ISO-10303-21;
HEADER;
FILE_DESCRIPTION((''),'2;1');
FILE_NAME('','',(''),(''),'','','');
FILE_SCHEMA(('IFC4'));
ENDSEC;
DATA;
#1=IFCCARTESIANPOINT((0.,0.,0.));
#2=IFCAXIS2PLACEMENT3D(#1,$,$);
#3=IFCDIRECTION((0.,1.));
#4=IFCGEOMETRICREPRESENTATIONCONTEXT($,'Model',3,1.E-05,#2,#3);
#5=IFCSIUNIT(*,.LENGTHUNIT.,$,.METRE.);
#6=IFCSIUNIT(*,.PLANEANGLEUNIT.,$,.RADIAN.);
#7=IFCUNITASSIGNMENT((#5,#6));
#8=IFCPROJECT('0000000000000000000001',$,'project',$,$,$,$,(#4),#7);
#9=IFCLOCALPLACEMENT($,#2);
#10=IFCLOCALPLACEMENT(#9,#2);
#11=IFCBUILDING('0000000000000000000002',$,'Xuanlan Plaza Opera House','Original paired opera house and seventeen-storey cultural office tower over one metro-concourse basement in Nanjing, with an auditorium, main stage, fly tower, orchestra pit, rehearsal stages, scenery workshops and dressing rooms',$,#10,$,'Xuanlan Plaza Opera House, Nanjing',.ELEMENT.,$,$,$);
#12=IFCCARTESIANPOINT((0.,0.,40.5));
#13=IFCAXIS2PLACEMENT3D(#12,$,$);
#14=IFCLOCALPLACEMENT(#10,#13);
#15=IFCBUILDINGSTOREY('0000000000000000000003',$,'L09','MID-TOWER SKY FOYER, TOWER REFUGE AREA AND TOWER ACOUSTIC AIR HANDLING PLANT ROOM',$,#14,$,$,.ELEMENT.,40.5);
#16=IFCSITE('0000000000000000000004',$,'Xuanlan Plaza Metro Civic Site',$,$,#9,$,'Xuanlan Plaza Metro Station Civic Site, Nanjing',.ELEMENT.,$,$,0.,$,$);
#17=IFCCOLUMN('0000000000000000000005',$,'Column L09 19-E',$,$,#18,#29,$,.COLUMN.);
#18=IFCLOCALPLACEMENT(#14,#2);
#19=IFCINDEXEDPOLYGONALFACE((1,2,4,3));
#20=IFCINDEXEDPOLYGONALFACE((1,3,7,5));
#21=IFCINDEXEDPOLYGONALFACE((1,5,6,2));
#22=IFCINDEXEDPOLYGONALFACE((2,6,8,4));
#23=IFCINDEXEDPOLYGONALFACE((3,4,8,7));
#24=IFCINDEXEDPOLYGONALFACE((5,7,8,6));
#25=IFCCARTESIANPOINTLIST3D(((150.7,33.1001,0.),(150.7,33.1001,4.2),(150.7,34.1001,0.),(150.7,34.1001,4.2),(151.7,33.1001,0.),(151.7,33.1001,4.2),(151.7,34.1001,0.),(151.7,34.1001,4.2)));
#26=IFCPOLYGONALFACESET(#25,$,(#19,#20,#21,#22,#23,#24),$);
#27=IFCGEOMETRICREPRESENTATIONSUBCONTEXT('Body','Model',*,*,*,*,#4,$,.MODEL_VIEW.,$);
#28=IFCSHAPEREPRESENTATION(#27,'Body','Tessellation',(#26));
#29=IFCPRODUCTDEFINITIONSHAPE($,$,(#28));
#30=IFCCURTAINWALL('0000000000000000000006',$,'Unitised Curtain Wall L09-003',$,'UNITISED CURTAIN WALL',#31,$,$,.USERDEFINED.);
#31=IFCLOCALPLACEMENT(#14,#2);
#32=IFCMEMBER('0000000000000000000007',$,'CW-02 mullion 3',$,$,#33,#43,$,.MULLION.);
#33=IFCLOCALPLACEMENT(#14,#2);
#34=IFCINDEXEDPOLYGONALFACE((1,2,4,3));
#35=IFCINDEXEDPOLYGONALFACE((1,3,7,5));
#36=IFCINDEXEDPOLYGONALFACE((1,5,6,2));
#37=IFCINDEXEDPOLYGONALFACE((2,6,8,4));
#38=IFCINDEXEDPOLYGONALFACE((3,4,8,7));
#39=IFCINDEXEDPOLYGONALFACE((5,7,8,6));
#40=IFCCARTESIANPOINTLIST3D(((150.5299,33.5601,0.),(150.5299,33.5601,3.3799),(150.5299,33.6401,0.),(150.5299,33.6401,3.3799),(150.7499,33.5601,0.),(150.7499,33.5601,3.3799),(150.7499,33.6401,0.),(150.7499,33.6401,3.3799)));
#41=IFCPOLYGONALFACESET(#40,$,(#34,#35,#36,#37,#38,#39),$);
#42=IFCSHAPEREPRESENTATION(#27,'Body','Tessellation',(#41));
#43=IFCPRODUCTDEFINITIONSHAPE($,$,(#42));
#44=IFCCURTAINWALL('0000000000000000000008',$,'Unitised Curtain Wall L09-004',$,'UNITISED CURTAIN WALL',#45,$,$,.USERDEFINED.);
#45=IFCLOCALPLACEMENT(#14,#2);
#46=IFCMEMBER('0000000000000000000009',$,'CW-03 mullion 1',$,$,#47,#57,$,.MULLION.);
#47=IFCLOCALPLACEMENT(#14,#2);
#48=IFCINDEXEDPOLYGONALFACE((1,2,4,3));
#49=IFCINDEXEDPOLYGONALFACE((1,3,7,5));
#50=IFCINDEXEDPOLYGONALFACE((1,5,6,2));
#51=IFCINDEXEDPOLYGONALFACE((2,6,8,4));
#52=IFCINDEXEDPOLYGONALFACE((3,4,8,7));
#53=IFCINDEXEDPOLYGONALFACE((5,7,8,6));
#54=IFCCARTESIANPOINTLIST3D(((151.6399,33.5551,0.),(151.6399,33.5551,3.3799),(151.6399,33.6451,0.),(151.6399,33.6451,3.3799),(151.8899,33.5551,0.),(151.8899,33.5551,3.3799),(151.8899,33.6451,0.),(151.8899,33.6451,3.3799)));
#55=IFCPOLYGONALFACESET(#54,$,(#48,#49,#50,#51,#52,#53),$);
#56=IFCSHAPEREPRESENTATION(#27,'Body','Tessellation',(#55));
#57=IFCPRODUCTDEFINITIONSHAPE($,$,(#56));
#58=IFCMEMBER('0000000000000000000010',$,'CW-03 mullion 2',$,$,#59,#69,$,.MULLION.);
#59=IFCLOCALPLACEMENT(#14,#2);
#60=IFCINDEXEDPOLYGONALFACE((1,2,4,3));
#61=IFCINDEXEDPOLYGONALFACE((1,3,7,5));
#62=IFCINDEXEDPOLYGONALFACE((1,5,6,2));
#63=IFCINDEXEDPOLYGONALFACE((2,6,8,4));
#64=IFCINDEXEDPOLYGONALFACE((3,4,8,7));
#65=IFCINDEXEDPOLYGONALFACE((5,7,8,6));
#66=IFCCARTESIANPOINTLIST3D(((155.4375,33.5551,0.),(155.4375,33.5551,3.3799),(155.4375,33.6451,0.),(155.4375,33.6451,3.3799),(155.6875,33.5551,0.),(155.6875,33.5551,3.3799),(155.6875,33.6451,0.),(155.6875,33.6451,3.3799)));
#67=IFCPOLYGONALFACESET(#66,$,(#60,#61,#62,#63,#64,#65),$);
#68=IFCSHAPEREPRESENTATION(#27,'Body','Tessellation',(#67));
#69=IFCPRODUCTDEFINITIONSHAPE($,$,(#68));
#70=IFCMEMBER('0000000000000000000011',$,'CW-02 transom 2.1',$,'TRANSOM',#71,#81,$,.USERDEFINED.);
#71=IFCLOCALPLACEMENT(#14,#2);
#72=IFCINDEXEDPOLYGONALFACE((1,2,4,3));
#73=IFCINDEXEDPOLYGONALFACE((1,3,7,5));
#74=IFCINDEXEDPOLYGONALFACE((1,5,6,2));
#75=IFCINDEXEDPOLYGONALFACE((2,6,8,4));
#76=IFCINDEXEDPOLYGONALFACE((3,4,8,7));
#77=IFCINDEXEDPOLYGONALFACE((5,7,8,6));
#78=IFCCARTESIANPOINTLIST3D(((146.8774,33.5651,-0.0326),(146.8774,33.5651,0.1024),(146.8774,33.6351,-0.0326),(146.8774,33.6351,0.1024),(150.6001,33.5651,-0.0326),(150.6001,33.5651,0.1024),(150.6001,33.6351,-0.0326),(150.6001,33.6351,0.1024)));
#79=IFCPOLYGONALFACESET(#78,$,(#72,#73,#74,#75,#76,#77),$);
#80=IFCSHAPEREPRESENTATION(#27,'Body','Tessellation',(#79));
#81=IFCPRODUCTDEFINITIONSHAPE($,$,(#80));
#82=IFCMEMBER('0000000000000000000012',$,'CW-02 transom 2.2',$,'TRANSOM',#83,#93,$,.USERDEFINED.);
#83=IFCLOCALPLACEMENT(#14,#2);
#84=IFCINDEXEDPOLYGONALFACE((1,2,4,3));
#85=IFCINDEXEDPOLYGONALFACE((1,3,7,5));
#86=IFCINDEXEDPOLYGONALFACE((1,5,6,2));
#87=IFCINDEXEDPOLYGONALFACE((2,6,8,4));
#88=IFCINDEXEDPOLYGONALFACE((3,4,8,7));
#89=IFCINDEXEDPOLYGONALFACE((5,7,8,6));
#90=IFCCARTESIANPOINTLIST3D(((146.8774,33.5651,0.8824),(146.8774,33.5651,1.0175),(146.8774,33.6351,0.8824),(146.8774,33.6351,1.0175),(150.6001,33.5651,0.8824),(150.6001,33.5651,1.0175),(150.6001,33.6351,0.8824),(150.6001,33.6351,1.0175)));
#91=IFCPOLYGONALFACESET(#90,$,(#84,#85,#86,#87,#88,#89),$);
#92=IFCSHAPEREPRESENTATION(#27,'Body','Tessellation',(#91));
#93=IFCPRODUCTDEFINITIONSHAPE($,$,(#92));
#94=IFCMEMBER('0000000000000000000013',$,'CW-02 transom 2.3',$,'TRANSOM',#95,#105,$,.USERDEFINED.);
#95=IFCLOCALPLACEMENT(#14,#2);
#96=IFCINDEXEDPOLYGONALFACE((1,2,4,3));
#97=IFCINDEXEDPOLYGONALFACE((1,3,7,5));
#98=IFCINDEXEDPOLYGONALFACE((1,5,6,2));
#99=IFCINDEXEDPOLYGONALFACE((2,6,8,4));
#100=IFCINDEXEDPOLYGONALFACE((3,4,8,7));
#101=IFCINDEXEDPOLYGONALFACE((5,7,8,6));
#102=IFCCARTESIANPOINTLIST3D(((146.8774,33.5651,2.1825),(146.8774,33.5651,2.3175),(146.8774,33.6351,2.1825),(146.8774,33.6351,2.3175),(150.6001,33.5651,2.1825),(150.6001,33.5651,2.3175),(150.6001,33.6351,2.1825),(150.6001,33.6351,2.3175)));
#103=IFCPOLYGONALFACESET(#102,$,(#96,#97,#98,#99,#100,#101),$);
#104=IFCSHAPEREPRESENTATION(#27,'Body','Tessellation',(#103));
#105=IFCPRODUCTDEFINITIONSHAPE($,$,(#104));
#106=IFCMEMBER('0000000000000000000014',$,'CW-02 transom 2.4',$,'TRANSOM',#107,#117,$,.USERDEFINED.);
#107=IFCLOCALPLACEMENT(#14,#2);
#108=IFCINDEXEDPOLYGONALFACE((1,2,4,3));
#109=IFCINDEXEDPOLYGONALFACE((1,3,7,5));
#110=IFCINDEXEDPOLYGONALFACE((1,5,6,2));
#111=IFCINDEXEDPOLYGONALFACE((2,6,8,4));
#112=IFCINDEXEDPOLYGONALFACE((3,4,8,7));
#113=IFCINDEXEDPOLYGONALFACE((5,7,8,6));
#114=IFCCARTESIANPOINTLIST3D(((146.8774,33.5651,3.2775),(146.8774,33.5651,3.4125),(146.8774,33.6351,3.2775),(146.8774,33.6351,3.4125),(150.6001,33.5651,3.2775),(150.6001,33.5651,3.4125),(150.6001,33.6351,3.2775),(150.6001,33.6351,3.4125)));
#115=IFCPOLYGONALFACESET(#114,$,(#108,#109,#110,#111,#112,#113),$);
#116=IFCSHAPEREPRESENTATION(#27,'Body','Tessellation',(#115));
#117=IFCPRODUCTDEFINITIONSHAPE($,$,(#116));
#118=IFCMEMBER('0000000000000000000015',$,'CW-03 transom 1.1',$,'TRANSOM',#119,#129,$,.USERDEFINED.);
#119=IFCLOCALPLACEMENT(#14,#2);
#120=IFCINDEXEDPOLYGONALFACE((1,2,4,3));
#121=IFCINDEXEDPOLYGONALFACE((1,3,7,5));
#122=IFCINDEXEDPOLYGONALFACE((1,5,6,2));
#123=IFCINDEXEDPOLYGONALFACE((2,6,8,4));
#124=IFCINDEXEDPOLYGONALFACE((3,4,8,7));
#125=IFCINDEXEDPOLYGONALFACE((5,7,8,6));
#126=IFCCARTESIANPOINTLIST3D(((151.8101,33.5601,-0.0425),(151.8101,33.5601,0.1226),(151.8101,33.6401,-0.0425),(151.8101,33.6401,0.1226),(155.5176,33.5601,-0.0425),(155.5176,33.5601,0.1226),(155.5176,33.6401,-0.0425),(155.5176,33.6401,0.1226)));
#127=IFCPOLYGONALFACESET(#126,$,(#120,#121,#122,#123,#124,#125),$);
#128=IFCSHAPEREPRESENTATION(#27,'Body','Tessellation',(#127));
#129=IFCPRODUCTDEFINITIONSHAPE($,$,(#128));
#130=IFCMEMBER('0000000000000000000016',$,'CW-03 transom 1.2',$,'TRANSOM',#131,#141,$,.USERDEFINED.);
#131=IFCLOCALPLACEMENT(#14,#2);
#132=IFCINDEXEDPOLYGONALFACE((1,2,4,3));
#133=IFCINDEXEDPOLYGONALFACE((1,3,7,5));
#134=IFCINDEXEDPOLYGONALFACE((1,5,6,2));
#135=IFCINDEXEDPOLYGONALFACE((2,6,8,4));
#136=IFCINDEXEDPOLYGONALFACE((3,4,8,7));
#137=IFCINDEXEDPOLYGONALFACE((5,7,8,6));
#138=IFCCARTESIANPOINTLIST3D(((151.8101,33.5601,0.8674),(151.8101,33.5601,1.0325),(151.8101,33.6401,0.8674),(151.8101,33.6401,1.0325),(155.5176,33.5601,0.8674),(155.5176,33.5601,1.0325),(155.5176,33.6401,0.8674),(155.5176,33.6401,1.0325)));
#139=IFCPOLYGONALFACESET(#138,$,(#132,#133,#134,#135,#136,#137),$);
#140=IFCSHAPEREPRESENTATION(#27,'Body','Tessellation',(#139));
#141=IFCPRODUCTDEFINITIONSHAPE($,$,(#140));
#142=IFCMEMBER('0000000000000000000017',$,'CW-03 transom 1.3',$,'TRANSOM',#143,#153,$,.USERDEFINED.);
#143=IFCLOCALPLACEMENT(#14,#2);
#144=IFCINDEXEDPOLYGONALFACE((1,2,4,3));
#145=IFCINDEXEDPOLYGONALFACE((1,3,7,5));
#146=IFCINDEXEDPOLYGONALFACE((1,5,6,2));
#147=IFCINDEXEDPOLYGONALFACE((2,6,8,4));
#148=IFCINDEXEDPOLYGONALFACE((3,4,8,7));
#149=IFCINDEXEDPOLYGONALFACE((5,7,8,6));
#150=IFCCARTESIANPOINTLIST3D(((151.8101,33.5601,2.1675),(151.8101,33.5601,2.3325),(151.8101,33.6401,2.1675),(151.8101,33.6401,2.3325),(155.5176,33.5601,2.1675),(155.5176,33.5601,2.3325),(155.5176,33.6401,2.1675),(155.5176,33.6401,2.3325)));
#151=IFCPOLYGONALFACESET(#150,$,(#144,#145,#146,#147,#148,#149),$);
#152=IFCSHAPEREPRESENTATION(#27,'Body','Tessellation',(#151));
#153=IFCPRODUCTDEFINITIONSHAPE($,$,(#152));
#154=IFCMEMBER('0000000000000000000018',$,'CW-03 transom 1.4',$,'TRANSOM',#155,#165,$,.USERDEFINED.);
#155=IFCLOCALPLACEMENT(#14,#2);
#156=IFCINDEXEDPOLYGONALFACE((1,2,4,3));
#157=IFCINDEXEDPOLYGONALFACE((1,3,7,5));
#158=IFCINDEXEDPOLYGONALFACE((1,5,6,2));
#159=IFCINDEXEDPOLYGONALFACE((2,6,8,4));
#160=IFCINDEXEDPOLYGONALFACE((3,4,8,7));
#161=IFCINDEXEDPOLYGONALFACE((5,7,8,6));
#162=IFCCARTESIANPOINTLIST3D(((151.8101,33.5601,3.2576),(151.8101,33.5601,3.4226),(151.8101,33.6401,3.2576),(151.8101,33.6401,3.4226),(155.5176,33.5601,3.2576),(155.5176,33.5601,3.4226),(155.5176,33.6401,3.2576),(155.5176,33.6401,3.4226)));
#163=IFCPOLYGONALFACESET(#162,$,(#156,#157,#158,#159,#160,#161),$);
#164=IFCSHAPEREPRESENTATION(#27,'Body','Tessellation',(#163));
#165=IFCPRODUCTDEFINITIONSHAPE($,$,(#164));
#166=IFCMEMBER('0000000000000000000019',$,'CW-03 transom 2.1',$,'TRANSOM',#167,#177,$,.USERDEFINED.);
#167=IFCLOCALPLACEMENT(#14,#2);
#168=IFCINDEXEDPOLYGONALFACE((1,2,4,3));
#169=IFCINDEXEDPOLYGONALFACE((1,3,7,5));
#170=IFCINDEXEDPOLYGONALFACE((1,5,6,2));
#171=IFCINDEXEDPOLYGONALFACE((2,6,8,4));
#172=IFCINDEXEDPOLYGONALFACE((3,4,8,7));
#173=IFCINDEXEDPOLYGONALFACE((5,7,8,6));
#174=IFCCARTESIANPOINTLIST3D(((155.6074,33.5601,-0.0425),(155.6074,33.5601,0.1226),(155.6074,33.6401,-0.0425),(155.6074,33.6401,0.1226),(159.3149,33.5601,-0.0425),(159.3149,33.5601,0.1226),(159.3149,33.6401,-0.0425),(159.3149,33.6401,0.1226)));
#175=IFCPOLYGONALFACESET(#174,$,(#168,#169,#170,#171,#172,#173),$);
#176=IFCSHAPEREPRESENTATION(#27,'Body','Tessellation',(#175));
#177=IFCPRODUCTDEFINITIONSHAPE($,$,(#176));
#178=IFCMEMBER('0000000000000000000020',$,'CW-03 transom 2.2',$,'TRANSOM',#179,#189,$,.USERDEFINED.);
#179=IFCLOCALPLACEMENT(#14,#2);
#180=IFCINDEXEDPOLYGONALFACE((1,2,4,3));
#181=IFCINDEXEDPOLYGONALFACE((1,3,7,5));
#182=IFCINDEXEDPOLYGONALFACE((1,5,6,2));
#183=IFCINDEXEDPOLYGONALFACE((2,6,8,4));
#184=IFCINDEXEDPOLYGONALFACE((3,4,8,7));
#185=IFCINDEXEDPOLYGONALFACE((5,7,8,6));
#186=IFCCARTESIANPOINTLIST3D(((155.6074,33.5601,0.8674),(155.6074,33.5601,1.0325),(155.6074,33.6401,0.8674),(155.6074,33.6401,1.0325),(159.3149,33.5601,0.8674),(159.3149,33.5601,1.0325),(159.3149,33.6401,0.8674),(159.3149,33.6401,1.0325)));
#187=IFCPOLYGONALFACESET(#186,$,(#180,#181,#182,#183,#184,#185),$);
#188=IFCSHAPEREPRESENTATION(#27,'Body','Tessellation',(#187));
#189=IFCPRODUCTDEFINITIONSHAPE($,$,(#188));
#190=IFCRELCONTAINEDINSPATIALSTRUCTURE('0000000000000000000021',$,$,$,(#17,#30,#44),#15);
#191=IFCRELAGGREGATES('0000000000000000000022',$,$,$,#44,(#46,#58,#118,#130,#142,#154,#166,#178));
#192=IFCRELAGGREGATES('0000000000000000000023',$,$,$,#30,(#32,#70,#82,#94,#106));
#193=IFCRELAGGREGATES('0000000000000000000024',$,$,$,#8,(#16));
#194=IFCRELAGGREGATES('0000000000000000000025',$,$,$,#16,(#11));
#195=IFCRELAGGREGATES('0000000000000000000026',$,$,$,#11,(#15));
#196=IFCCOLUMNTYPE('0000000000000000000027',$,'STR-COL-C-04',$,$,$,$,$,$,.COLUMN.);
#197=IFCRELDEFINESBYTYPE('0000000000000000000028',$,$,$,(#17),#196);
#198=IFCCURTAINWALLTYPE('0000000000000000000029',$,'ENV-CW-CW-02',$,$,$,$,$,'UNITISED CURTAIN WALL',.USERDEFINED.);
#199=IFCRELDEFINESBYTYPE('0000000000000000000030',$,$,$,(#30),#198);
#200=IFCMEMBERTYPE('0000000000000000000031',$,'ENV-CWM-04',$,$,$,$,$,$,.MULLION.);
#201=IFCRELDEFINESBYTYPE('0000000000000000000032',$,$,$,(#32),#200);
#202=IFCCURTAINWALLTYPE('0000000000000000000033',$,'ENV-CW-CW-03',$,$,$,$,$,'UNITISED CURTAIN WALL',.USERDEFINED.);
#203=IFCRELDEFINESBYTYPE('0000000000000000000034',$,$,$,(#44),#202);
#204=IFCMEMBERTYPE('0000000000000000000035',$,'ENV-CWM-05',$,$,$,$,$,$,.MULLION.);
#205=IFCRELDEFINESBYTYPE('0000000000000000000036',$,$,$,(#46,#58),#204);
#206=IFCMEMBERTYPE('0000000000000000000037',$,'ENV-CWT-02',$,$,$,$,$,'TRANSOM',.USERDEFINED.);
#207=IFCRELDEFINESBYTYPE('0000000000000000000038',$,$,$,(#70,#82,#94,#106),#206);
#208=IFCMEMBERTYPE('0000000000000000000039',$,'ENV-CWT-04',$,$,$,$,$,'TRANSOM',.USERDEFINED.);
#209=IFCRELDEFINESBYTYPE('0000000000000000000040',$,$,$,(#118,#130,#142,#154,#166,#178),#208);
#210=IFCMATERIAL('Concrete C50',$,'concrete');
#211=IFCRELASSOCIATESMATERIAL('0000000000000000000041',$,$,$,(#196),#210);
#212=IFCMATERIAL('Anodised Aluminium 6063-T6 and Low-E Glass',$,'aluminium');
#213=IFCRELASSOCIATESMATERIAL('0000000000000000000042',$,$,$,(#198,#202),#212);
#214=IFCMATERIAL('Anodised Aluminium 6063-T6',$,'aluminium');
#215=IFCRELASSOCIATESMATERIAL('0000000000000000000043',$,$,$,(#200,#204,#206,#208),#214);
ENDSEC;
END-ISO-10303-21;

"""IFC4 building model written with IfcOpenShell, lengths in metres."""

from ifc_helpers import new_model, si_unit, direction, frame, origin, origin_2d, place, context, subcontext, project, spatial, rectangle, extrude, material, material_profile, profile_set, type_object, element, aggregate, save


model = new_model("IFC4")

# Units and contexts
model_context = context("Model", 3, precision=1e-05, world=origin(), true_north=direction((0.0, 1.0)))
body_context = subcontext(model_context, "Body", "Model", "MODEL_VIEW")
ifc_project = project(units=[si_unit("LENGTHUNIT", "METRE"), si_unit("PLANEANGLEUNIT", "RADIAN")], contexts=[model_context])

# Site, building, storey
site_placement = place(None, origin())
site = spatial("IfcSite", under=ifc_project, at=site_placement, Name="Xuanlan Plaza Metro Civic Site", LongName="Xuanlan Plaza Metro Station Civic Site, Nanjing", CompositionType="ELEMENT", RefElevation=0.0)
building_placement = place(site_placement, origin())
building = spatial("IfcBuilding", under=site, at=building_placement, Name="Xuanlan Plaza Opera House", Description="Original paired opera house and seventeen-storey cultural office tower over one metro-concourse basement in Nanjing, with an auditorium, main stage, fly tower, orchestra pit, rehearsal stages, scenery workshops and dressing rooms", LongName="Xuanlan Plaza Opera House, Nanjing", CompositionType="ELEMENT")
storey_placement = place(building_placement, frame((0.0, 0.0, 40.5)))
storey = spatial("IfcBuildingStorey", under=building, at=storey_placement, Name="L09", Description="MID-TOWER SKY FOYER, TOWER REFUGE AREA AND TOWER ACOUSTIC AIR HANDLING PLANT ROOM", CompositionType="ELEMENT", Elevation=40.5)

# Column
ifc_material_1 = material(Name="Concrete C50", Category="concrete")
ifc_material_profile_1 = material_profile(ifc_material_1, rectangle(XDim=1.0, YDim=1.0, at=origin_2d()), Name="RC-COL 1000x1000")
ifc_profile_set_1 = profile_set([ifc_material_profile_1], Name="Concrete C50")
column_type = type_object("IfcColumnType", Name="STR-COL-C-04", PredefinedType="COLUMN", material=ifc_profile_set_1)
column_placement = place(storey_placement, frame((151.2, 33.6001, 0.0), z_axis=(0.0, 0.0, 1.0), x_axis=(1.0, 0.0, 0.0)))
element("IfcColumn", 1, at=column_placement, inside=storey, type_object=column_type, Name="Column L09 19-E", PredefinedType="COLUMN", context=body_context, shape_type="SweptSolid", body=[
    extrude(rectangle(XDim=1.0, YDim=1.0, at=origin_2d()), origin(), (0.0, 0.0, 1.0), 4.2),
])

# Curtain wall, member
ifc_material_2 = material(Name="Anodised Aluminium 6063-T6 and Low-E Glass", Category="aluminium")
curtain_wall_type_1 = type_object("IfcCurtainWallType", Name="ENV-CW-CW-02", ElementType="UNITISED CURTAIN WALL", PredefinedType="USERDEFINED", material=ifc_material_2)
curtain_wall_1_placement = place(storey_placement, origin())
curtain_wall_1 = element("IfcCurtainWall", 2, at=curtain_wall_1_placement, inside=storey, type_object=curtain_wall_type_1, Name="Unitised Curtain Wall L09-003", ObjectType="UNITISED CURTAIN WALL", PredefinedType="USERDEFINED")
ifc_material_3 = material(Name="Anodised Aluminium 6063-T6", Category="aluminium")
ifc_material_profile_2 = material_profile(ifc_material_3, rectangle(XDim=0.0801, YDim=0.22, at=origin_2d()), Name="ALU-M 80x220")
ifc_profile_set_2 = profile_set([ifc_material_profile_2], Name="Anodised Aluminium 6063-T6")
member_type_1 = type_object("IfcMemberType", Name="ENV-CWM-04", PredefinedType="MULLION", material=ifc_profile_set_2)
member_1_placement = place(storey_placement, frame((150.6399, 33.6001, 0.0), z_axis=(0.0, 0.0, 1.0), x_axis=(0.0, 1.0, 0.0)))
member_1 = element("IfcMember", 3, at=member_1_placement, type_object=member_type_1, Name="CW-02 mullion 3", PredefinedType="MULLION", context=body_context, shape_type="SweptSolid", body=[
    extrude(rectangle(XDim=0.0801, YDim=0.22, at=origin_2d()), origin(), (0.0, 0.0, 1.0), 3.3799),
])

# Curtain wall, members
curtain_wall_type_2 = type_object("IfcCurtainWallType", Name="ENV-CW-CW-03", ElementType="UNITISED CURTAIN WALL", PredefinedType="USERDEFINED", material=ifc_material_2)
curtain_wall_2_placement = place(storey_placement, origin())
curtain_wall_2 = element("IfcCurtainWall", 4, at=curtain_wall_2_placement, inside=storey, type_object=curtain_wall_type_2, Name="Unitised Curtain Wall L09-004", ObjectType="UNITISED CURTAIN WALL", PredefinedType="USERDEFINED")
ifc_material_profile_3 = material_profile(ifc_material_3, rectangle(XDim=0.0901, YDim=0.25, at=origin_2d()), Name="ALU-M 90x250")
ifc_profile_set_3 = profile_set([ifc_material_profile_3], Name="Anodised Aluminium 6063-T6")
member_type_2 = type_object("IfcMemberType", Name="ENV-CWM-05", PredefinedType="MULLION", material=ifc_profile_set_3)
member_2_placement = place(storey_placement, frame((151.7649, 33.6001, 0.0), z_axis=(0.0, 0.0, 1.0), x_axis=(0.0, 1.0, 0.0)))
member_2 = element("IfcMember", 5, at=member_2_placement, type_object=member_type_2, Name="CW-03 mullion 1", PredefinedType="MULLION", context=body_context, shape_type="SweptSolid", body=[
    extrude(rectangle(XDim=0.0901, YDim=0.25, at=origin_2d()), origin(), (0.0, 0.0, 1.0), 3.3799),
])
member_3_placement = place(storey_placement, frame((155.5625, 33.6001, 0.0), z_axis=(0.0, 0.0, 1.0), x_axis=(0.0, 1.0, 0.0)))
member_3 = element("IfcMember", 6, at=member_3_placement, type_object=member_type_2, Name="CW-03 mullion 2", PredefinedType="MULLION", context=body_context, shape_type="SweptSolid", body=[
    extrude(rectangle(XDim=0.0901, YDim=0.25, at=origin_2d()), origin(), (0.0, 0.0, 1.0), 3.3799),
])

# Members
ifc_material_profile_4 = material_profile(ifc_material_3, rectangle(XDim=0.0701, YDim=0.135, at=origin_2d()), Name="ALU-T 70x135")
ifc_profile_set_4 = profile_set([ifc_material_profile_4], Name="Anodised Aluminium 6063-T6")
member_type_3 = type_object("IfcMemberType", Name="ENV-CWT-02", ElementType="TRANSOM", PredefinedType="USERDEFINED", material=ifc_profile_set_4)
member_4_placement = place(storey_placement, frame((146.8774, 33.6001, 0.0349), z_axis=(1.0, 0.0, 0.0), x_axis=(0.0, 1.0, 0.0)))
member_4 = element("IfcMember", 7, at=member_4_placement, type_object=member_type_3, Name="CW-02 transom 2.1", ObjectType="TRANSOM", PredefinedType="USERDEFINED", context=body_context, shape_type="SweptSolid", body=[
    extrude(rectangle(XDim=0.0701, YDim=0.135, at=origin_2d()), origin(), (0.0, 0.0, 1.0), 3.7227),
])
member_5_placement = place(storey_placement, frame((146.8774, 33.6001, 0.95), z_axis=(1.0, 0.0, 0.0), x_axis=(0.0, 1.0, 0.0)))
member_5 = element("IfcMember", 8, at=member_5_placement, type_object=member_type_3, Name="CW-02 transom 2.2", ObjectType="TRANSOM", PredefinedType="USERDEFINED", context=body_context, shape_type="SweptSolid", body=[
    extrude(rectangle(XDim=0.0701, YDim=0.135, at=origin_2d()), origin(), (0.0, 0.0, 1.0), 3.7227),
])
member_6_placement = place(storey_placement, frame((146.8774, 33.6001, 2.25), z_axis=(1.0, 0.0, 0.0), x_axis=(0.0, 1.0, 0.0)))
member_6 = element("IfcMember", 9, at=member_6_placement, type_object=member_type_3, Name="CW-02 transom 2.3", ObjectType="TRANSOM", PredefinedType="USERDEFINED", context=body_context, shape_type="SweptSolid", body=[
    extrude(rectangle(XDim=0.0701, YDim=0.135, at=origin_2d()), origin(), (0.0, 0.0, 1.0), 3.7227),
])
member_7_placement = place(storey_placement, frame((146.8774, 33.6001, 3.345), z_axis=(1.0, 0.0, 0.0), x_axis=(0.0, 1.0, 0.0)))
member_7 = element("IfcMember", 10, at=member_7_placement, type_object=member_type_3, Name="CW-02 transom 2.4", ObjectType="TRANSOM", PredefinedType="USERDEFINED", context=body_context, shape_type="SweptSolid", body=[
    extrude(rectangle(XDim=0.0701, YDim=0.135, at=origin_2d()), origin(), (0.0, 0.0, 1.0), 3.7227),
])
ifc_material_profile_5 = material_profile(ifc_material_3, rectangle(XDim=0.0801, YDim=0.165, at=origin_2d()), Name="ALU-T 80x165")
ifc_profile_set_5 = profile_set([ifc_material_profile_5], Name="Anodised Aluminium 6063-T6")
member_type_4 = type_object("IfcMemberType", Name="ENV-CWT-04", ElementType="TRANSOM", PredefinedType="USERDEFINED", material=ifc_profile_set_5)
member_8_placement = place(storey_placement, frame((151.8101, 33.6001, 0.04), z_axis=(1.0, 0.0, 0.0), x_axis=(0.0, 1.0, 0.0)))
member_8 = element("IfcMember", 11, at=member_8_placement, type_object=member_type_4, Name="CW-03 transom 1.1", ObjectType="TRANSOM", PredefinedType="USERDEFINED", context=body_context, shape_type="SweptSolid", body=[
    extrude(rectangle(XDim=0.0801, YDim=0.165, at=origin_2d()), origin(), (0.0, 0.0, 1.0), 3.7075),
])
member_9_placement = place(storey_placement, frame((151.8101, 33.6001, 0.95), z_axis=(1.0, 0.0, 0.0), x_axis=(0.0, 1.0, 0.0)))
member_9 = element("IfcMember", 12, at=member_9_placement, type_object=member_type_4, Name="CW-03 transom 1.2", ObjectType="TRANSOM", PredefinedType="USERDEFINED", context=body_context, shape_type="SweptSolid", body=[
    extrude(rectangle(XDim=0.0801, YDim=0.165, at=origin_2d()), origin(), (0.0, 0.0, 1.0), 3.7075),
])
member_10_placement = place(storey_placement, frame((151.8101, 33.6001, 2.25), z_axis=(1.0, 0.0, 0.0), x_axis=(0.0, 1.0, 0.0)))
member_10 = element("IfcMember", 13, at=member_10_placement, type_object=member_type_4, Name="CW-03 transom 1.3", ObjectType="TRANSOM", PredefinedType="USERDEFINED", context=body_context, shape_type="SweptSolid", body=[
    extrude(rectangle(XDim=0.0801, YDim=0.165, at=origin_2d()), origin(), (0.0, 0.0, 1.0), 3.7075),
])
member_11_placement = place(storey_placement, frame((151.8101, 33.6001, 3.3401), z_axis=(1.0, 0.0, 0.0), x_axis=(0.0, 1.0, 0.0)))
member_11 = element("IfcMember", 14, at=member_11_placement, type_object=member_type_4, Name="CW-03 transom 1.4", ObjectType="TRANSOM", PredefinedType="USERDEFINED", context=body_context, shape_type="SweptSolid", body=[
    extrude(rectangle(XDim=0.0801, YDim=0.165, at=origin_2d()), origin(), (0.0, 0.0, 1.0), 3.7075),
])
member_12_placement = place(storey_placement, frame((155.6074, 33.6001, 0.04), z_axis=(1.0, 0.0, 0.0), x_axis=(0.0, 1.0, 0.0)))
member_12 = element("IfcMember", 15, at=member_12_placement, type_object=member_type_4, Name="CW-03 transom 2.1", ObjectType="TRANSOM", PredefinedType="USERDEFINED", context=body_context, shape_type="SweptSolid", body=[
    extrude(rectangle(XDim=0.0801, YDim=0.165, at=origin_2d()), origin(), (0.0, 0.0, 1.0), 3.7075),
])
member_13_placement = place(storey_placement, frame((155.6074, 33.6001, 0.95), z_axis=(1.0, 0.0, 0.0), x_axis=(0.0, 1.0, 0.0)))
member_13 = element("IfcMember", 16, at=member_13_placement, type_object=member_type_4, Name="CW-03 transom 2.2", ObjectType="TRANSOM", PredefinedType="USERDEFINED", context=body_context, shape_type="SweptSolid", body=[
    extrude(rectangle(XDim=0.0801, YDim=0.165, at=origin_2d()), origin(), (0.0, 0.0, 1.0), 3.7075),
])

aggregate(curtain_wall_2, [member_2, member_3, member_8, member_9, member_10, member_11, member_12, member_13])
aggregate(curtain_wall_1, [member_1, member_4, member_5, member_6, member_7])

save(model, "model.ifc")
